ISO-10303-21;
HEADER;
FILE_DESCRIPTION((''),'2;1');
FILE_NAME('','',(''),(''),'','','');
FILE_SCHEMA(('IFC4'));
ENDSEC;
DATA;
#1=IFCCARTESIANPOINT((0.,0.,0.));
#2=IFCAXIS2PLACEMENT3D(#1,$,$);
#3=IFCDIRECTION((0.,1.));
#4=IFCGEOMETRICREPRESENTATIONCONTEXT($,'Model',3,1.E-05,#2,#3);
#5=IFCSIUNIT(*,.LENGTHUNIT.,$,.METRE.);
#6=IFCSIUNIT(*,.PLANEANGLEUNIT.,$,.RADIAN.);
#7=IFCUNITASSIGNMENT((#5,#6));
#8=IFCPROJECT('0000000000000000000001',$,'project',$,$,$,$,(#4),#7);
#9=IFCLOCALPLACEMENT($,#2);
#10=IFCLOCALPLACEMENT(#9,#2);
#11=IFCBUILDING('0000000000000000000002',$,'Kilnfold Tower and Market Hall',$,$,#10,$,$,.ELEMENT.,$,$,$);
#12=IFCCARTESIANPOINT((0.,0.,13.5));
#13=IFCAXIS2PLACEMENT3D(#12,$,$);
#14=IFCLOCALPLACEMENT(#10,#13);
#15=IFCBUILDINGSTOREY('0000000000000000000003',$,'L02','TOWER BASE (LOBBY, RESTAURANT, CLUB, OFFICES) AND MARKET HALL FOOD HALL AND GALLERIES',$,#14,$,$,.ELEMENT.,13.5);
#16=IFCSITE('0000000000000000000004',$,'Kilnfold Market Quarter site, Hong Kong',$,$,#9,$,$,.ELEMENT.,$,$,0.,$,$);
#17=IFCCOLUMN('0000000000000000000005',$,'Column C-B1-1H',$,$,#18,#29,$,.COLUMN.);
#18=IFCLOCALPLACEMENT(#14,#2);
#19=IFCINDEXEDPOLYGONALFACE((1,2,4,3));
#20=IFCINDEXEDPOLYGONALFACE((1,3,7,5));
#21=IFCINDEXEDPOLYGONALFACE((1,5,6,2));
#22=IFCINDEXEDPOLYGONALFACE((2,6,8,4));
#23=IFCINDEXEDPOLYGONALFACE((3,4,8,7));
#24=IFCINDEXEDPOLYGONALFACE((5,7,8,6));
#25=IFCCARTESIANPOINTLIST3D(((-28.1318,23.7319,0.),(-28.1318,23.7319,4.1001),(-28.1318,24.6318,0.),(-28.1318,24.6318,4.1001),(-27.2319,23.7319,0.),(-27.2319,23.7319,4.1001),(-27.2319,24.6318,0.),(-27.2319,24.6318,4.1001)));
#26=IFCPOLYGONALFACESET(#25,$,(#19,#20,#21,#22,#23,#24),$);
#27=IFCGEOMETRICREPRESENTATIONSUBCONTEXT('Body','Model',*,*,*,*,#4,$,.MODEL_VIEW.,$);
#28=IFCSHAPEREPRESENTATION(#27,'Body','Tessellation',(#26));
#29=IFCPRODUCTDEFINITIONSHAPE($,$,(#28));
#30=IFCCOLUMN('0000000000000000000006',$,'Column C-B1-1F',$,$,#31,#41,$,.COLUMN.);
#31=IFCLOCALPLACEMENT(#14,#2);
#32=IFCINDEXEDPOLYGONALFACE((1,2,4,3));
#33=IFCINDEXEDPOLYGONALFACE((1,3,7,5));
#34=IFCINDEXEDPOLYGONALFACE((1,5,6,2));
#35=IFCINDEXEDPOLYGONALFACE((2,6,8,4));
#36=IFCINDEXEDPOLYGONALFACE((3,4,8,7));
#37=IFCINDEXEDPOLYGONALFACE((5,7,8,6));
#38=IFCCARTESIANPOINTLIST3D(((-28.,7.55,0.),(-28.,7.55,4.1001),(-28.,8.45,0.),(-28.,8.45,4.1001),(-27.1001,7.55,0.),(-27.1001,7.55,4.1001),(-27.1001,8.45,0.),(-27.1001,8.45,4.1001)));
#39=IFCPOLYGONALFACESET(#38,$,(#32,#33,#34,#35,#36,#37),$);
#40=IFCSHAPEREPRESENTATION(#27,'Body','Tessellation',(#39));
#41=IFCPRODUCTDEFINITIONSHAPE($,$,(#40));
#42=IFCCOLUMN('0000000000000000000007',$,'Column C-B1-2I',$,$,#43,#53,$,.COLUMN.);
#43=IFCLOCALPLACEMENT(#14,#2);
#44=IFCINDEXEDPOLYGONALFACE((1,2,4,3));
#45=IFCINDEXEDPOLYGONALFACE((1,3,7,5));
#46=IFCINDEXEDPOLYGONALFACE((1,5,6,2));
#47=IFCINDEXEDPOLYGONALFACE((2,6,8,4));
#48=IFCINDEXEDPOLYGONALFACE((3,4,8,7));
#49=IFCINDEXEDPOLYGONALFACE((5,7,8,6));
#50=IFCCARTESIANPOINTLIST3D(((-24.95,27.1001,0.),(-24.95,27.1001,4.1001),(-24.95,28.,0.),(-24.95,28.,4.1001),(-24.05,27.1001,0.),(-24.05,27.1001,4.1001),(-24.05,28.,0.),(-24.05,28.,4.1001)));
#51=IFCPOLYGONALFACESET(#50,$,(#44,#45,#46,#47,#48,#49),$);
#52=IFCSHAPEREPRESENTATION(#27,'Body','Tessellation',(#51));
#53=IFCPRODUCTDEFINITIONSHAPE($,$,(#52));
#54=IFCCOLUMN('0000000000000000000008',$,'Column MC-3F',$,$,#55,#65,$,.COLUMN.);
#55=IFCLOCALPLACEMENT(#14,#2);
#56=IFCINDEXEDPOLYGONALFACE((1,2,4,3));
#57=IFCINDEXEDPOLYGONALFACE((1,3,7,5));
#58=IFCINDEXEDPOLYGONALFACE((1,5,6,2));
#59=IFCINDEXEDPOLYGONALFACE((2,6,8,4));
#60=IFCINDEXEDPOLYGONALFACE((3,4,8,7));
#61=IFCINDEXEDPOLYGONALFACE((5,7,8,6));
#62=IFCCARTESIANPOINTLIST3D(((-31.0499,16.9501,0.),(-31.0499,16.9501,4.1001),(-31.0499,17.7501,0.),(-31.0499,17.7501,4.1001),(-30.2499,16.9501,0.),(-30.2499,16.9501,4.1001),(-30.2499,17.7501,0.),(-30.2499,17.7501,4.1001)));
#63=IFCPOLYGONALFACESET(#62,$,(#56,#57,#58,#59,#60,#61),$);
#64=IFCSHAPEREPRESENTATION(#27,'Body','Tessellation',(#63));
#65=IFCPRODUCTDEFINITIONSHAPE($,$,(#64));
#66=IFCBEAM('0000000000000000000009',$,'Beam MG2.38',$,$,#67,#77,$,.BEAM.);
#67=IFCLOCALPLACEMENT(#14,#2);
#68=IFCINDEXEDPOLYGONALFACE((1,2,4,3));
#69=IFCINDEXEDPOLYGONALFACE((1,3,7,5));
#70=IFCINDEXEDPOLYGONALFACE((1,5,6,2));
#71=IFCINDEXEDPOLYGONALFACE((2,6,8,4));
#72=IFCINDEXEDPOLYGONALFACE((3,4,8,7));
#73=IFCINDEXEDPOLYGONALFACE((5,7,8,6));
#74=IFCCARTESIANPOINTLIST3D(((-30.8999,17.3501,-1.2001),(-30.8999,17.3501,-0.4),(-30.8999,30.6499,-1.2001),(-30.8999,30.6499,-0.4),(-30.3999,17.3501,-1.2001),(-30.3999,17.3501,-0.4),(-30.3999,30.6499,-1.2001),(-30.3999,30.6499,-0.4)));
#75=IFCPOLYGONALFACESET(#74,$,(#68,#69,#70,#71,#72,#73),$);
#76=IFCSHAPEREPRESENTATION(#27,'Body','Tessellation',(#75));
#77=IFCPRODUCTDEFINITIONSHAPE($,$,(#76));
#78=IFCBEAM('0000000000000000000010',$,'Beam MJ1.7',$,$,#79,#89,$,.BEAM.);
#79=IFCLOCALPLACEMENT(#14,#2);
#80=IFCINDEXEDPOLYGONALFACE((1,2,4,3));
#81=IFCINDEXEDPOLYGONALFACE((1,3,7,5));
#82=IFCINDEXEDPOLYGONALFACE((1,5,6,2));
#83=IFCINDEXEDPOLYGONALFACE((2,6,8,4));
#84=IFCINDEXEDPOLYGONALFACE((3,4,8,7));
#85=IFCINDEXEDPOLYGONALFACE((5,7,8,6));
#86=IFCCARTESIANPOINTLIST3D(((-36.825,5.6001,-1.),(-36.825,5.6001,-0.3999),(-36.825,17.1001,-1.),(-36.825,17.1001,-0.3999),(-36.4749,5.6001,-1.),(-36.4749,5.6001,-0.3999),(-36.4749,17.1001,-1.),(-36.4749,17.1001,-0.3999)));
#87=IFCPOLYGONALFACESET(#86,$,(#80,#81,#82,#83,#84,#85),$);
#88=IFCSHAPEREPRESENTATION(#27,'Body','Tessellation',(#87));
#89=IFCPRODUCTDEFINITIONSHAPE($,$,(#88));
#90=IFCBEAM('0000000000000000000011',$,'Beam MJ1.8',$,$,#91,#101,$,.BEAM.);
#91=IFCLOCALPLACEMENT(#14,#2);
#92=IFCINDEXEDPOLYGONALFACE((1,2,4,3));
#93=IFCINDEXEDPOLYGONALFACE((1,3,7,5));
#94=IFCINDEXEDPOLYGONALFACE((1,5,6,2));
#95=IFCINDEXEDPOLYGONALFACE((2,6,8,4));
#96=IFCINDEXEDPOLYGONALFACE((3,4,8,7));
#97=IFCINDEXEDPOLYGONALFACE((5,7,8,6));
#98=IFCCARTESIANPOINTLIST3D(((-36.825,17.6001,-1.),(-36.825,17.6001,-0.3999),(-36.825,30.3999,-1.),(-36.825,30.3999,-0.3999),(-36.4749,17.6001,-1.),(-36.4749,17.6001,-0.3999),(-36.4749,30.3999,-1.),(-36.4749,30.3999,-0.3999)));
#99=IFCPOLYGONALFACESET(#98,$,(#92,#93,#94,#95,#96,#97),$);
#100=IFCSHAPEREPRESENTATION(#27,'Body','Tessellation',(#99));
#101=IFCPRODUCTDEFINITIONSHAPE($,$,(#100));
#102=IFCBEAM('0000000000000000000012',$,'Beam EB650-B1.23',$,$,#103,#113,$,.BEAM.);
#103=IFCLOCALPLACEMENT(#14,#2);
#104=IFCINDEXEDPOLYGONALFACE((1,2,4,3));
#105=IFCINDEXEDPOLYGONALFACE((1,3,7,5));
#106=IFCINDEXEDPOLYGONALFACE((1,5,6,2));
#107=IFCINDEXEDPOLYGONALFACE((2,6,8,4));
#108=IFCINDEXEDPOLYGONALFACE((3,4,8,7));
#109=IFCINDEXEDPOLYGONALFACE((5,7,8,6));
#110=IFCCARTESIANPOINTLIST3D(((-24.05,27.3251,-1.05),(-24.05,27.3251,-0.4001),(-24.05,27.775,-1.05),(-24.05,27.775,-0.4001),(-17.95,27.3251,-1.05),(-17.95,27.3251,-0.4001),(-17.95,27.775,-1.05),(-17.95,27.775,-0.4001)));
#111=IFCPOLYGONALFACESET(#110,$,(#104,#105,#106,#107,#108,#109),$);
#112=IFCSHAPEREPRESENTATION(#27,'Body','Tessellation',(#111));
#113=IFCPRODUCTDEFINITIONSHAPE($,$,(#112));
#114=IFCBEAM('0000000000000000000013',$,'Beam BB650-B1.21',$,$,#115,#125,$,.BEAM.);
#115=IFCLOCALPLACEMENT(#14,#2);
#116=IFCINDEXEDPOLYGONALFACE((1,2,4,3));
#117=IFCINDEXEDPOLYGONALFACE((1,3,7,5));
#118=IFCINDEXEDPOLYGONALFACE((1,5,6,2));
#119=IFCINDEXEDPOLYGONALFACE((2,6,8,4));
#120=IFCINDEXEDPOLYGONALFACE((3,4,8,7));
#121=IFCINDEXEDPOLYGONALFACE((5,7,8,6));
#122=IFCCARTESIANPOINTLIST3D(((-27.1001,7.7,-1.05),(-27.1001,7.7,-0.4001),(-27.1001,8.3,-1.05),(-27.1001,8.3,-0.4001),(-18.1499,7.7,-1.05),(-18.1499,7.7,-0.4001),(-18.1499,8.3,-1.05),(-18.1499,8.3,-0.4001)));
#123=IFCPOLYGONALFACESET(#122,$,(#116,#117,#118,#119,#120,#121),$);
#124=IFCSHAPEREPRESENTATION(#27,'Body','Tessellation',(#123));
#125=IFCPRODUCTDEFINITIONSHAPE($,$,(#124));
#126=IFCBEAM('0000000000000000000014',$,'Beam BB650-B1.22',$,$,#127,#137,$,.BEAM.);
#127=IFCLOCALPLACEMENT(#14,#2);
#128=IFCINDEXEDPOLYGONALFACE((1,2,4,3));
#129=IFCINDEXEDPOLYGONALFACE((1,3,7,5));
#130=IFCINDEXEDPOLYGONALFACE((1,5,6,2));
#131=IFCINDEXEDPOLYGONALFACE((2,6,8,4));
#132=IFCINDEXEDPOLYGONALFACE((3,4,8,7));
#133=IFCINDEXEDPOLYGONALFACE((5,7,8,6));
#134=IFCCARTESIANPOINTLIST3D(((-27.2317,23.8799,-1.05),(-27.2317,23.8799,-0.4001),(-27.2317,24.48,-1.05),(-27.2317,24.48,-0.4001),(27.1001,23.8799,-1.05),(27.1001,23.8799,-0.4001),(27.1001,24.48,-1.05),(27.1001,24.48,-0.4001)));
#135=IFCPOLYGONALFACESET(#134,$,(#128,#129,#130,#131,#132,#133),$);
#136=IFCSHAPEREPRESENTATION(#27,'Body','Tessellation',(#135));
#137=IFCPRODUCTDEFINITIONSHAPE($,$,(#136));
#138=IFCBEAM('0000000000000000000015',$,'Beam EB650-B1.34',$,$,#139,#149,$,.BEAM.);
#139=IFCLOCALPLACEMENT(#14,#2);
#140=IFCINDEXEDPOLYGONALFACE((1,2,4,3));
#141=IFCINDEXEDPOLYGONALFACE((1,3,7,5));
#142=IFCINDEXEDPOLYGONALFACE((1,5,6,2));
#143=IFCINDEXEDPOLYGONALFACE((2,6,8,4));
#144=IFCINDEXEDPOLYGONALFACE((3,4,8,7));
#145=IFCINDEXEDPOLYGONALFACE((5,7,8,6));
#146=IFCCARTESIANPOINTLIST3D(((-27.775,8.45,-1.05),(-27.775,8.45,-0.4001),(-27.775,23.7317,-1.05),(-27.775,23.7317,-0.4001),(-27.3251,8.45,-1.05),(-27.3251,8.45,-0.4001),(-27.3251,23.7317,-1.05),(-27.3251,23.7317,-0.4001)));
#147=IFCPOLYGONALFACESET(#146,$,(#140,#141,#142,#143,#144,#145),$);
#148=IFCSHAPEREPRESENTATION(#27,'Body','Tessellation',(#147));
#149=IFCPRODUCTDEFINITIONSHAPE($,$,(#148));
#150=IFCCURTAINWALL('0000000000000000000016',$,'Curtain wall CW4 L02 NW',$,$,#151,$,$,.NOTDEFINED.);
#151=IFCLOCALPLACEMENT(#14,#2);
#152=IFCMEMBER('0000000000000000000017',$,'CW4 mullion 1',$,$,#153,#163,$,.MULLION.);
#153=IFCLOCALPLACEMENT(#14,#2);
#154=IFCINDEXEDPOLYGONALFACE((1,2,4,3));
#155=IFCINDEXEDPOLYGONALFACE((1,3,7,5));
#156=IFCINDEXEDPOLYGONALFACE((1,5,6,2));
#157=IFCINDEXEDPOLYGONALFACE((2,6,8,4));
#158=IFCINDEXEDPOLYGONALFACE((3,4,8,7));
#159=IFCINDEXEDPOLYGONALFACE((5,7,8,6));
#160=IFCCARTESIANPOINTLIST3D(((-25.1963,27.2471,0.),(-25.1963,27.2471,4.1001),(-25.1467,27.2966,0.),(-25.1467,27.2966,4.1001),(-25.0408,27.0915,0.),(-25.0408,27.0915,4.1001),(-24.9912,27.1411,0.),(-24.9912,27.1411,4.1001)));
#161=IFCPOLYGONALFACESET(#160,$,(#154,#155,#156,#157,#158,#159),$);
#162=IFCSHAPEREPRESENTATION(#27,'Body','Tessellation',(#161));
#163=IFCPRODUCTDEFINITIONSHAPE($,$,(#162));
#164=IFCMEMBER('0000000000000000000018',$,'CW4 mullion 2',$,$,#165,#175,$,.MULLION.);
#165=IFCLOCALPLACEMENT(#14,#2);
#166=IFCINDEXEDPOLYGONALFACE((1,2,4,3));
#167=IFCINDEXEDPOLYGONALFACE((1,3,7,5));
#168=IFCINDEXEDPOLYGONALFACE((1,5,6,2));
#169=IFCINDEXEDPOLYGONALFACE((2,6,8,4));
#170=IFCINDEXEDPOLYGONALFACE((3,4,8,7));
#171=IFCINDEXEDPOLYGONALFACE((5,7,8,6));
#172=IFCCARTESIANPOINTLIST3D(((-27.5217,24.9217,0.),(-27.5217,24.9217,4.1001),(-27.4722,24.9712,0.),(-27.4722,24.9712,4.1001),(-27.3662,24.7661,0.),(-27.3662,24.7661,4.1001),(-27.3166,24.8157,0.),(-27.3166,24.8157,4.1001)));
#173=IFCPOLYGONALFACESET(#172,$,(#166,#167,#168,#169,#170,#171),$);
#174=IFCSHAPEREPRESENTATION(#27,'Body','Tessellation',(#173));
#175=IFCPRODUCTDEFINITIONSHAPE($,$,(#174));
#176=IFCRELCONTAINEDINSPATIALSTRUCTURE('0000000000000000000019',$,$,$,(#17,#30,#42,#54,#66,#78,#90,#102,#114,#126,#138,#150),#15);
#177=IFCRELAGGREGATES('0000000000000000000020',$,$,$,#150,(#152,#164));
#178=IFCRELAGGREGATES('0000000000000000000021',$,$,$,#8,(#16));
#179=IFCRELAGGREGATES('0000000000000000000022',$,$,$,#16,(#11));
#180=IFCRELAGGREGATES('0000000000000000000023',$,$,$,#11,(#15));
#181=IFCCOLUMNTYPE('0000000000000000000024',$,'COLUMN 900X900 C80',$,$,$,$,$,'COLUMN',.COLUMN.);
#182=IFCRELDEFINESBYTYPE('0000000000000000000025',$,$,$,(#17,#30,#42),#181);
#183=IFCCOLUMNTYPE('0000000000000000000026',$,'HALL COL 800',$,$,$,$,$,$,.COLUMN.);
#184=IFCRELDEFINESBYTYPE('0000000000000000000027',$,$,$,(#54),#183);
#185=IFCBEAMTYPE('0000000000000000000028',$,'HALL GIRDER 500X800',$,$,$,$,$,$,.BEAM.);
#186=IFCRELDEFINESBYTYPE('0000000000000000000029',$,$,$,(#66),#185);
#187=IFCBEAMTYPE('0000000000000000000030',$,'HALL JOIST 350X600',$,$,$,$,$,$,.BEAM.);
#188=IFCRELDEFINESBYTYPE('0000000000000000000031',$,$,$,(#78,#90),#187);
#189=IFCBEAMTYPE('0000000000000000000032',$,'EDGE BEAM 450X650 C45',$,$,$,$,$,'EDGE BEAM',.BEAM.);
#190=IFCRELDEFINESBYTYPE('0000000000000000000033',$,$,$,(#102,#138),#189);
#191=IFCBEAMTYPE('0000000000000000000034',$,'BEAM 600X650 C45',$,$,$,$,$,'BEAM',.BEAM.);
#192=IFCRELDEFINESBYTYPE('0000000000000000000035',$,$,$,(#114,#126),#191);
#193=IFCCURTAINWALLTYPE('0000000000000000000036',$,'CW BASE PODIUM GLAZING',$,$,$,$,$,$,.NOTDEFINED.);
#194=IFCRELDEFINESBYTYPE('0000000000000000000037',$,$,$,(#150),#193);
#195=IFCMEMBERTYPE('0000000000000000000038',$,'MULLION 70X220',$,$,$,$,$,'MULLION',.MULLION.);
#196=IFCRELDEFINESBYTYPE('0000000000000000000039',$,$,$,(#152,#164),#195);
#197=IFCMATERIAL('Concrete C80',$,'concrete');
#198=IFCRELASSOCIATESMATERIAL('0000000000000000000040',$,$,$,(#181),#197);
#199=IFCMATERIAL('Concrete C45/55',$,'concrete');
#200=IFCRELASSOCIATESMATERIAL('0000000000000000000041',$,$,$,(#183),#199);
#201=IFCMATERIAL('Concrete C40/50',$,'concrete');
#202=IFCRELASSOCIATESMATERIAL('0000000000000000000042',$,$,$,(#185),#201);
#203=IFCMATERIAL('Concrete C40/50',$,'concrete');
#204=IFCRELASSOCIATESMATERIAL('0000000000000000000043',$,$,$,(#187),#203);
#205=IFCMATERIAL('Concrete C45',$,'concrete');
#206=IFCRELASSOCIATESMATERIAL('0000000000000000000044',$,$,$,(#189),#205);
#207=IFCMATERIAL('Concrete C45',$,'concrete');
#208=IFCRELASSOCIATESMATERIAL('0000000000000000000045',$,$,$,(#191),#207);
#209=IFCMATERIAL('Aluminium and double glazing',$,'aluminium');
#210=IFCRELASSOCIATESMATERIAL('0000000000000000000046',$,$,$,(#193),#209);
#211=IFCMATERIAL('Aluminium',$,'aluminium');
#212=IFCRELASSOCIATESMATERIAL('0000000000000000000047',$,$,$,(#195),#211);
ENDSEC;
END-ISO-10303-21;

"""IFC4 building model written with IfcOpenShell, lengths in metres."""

from ifc_helpers import new_model, si_unit, direction, frame, origin, origin_2d, place, context, subcontext, project, spatial, rectangle, extrude, source, transform, mapped, material, material_profile, profile_set, type_object, element, aggregate, save


model = new_model("IFC4")

# Units and contexts
model_context = context("Model", 3, precision=1e-05, world=origin(), true_north=direction((0.0, 1.0)))
body_context = subcontext(model_context, "Body", "Model", "MODEL_VIEW")
ifc_project = project(units=[si_unit("LENGTHUNIT", "METRE"), si_unit("PLANEANGLEUNIT", "RADIAN")], contexts=[model_context])

# Site, building, storey
site_placement = place(None, origin())
site = spatial("IfcSite", under=ifc_project, at=site_placement, Name="Kilnfold Market Quarter site, Hong Kong", CompositionType="ELEMENT", RefElevation=0.0)
building_placement = place(site_placement, origin())
building = spatial("IfcBuilding", under=site, at=building_placement, Name="Kilnfold Tower and Market Hall", CompositionType="ELEMENT")
storey_placement = place(building_placement, frame((0.0, 0.0, 13.5)))
storey = spatial("IfcBuildingStorey", under=building, at=storey_placement, Name="L02", Description="TOWER BASE (LOBBY, RESTAURANT, CLUB, OFFICES) AND MARKET HALL FOOD HALL AND GALLERIES", CompositionType="ELEMENT", Elevation=13.5)

# Columns
ifc_material_1 = material(Name="Concrete C80", Category="concrete")
ifc_material_profile_1 = material_profile(ifc_material_1, rectangle(XDim=0.8999, YDim=0.8999, at=origin_2d()), Name="RC 900x900")
ifc_profile_set_1 = profile_set([ifc_material_profile_1], Name="Concrete C80")
column_type_1 = type_object("IfcColumnType", Name="COLUMN 900X900 C80", ElementType="COLUMN", PredefinedType="COLUMN", material=ifc_profile_set_1)
shared_shape_1 = source(origin(), body_context, "Body", "SweptSolid", [
    extrude(rectangle(XDim=0.8999, YDim=0.8999, at=origin_2d()), origin(), (0.0, 0.0, 1.0), 4.1001),
])
for number, where, z_axis, x_axis, name in (
    (1, (-27.6819, 24.1819, 0.0), (0.0, 0.0, 1.0), (1.0, 0.0, 0.0), "Column C-B1-1H"),
    (2, (-27.55, 8.0, 0.0), (0.0, 0.0, 1.0), (1.0, 0.0, 0.0), "Column C-B1-1F"),
    (3, (-24.5, 27.55, 0.0), (0.0, 0.0, 1.0), (1.0, 0.0, 0.0), "Column C-B1-2I"),
):
    element("IfcColumn", number, at=place(storey_placement, frame(where, z_axis=z_axis, x_axis=x_axis)), inside=storey, type_object=column_type_1, Name=name, PredefinedType="COLUMN", context=body_context, shape_type="MappedRepresentation", body=[
        mapped(shared_shape_1, transform((0.0, 0.0, 0.0))),
    ])
ifc_material_2 = material(Name="Concrete C45/55", Category="concrete")
ifc_material_profile_2 = material_profile(ifc_material_2, rectangle(XDim=0.8, YDim=0.8, at=origin_2d()), Name="RC 800x800")
ifc_profile_set_2 = profile_set([ifc_material_profile_2], Name="Concrete C45/55")
column_type_2 = type_object("IfcColumnType", Name="HALL COL 800", PredefinedType="COLUMN", material=ifc_profile_set_2)
shared_shape_2 = source(origin(), body_context, "Body", "SweptSolid", [
    extrude(rectangle(XDim=0.8, YDim=0.8, at=origin_2d()), origin(), (0.0, 0.0, 1.0), 4.1001),
])
column_placement = place(storey_placement, frame((-30.6499, 17.3501, 0.0), z_axis=(0.0, 0.0, 1.0), x_axis=(1.0, 0.0, 0.0)))
element("IfcColumn", 4, at=column_placement, inside=storey, type_object=column_type_2, Name="Column MC-3F", PredefinedType="COLUMN", context=body_context, shape_type="MappedRepresentation", body=[
    mapped(shared_shape_2, transform((0.0, 0.0, 0.0))),
])

# Beams
ifc_material_3 = material(Name="Concrete C40/50", Category="concrete")
ifc_material_profile_3 = material_profile(ifc_material_3, rectangle(XDim=0.5, YDim=0.8, at=origin_2d()), Name="RC 500x800")
ifc_profile_set_3 = profile_set([ifc_material_profile_3], Name="Concrete C40/50")
beam_type_1 = type_object("IfcBeamType", Name="HALL GIRDER 500X800", PredefinedType="BEAM", material=ifc_profile_set_3)
beam_1_placement = place(storey_placement, frame((-30.6499, 17.3501, -0.8), z_axis=(0.0, 1.0, 0.0), x_axis=(-1.0, 0.0, 0.0)))
element("IfcBeam", 5, at=beam_1_placement, inside=storey, type_object=beam_type_1, Name="Beam MG2.38", PredefinedType="BEAM", context=body_context, shape_type="SweptSolid", body=[
    extrude(rectangle(XDim=0.5, YDim=0.8, at=origin_2d()), origin(), (0.0, 0.0, 1.0), 13.2998),
])
ifc_material_4 = material(Name="Concrete C40/50", Category="concrete")
ifc_material_profile_4 = material_profile(ifc_material_4, rectangle(XDim=0.3501, YDim=0.6001, at=origin_2d()), Name="RC 350x600")
ifc_profile_set_4 = profile_set([ifc_material_profile_4], Name="Concrete C40/50")
beam_type_2 = type_object("IfcBeamType", Name="HALL JOIST 350X600", PredefinedType="BEAM", material=ifc_profile_set_4)
beam_2_placement = place(storey_placement, frame((-36.6499, 5.6001, -0.7), z_axis=(0.0, 1.0, 0.0), x_axis=(-1.0, 0.0, 0.0)))
element("IfcBeam", 6, at=beam_2_placement, inside=storey, type_object=beam_type_2, Name="Beam MJ1.7", PredefinedType="BEAM", context=body_context, shape_type="SweptSolid", body=[
    extrude(rectangle(XDim=0.3501, YDim=0.6001, at=origin_2d()), origin(), (0.0, 0.0, 1.0), 11.5),
])
beam_3_placement = place(storey_placement, frame((-36.6499, 17.6001, -0.7), z_axis=(0.0, 1.0, 0.0), x_axis=(-1.0, 0.0, 0.0)))
element("IfcBeam", 7, at=beam_3_placement, inside=storey, type_object=beam_type_2, Name="Beam MJ1.8", PredefinedType="BEAM", context=body_context, shape_type="SweptSolid", body=[
    extrude(rectangle(XDim=0.3501, YDim=0.6001, at=origin_2d()), origin(), (0.0, 0.0, 1.0), 12.7998),
])
ifc_material_5 = material(Name="Concrete C45", Category="concrete")
ifc_material_profile_5 = material_profile(ifc_material_5, rectangle(XDim=0.45, YDim=0.6499, at=origin_2d()), Name="RC 450x650")
ifc_profile_set_5 = profile_set([ifc_material_profile_5], Name="Concrete C45")
beam_type_3 = type_object("IfcBeamType", Name="EDGE BEAM 450X650 C45", ElementType="EDGE BEAM", PredefinedType="BEAM", material=ifc_profile_set_5)
shared_shape_3 = source(origin(), body_context, "Body", "SweptSolid", [
    extrude(rectangle(XDim=0.45, YDim=0.6499, at=origin_2d()), origin(), (0.0, 0.0, 1.0), 6.1001),
])
beam_4_placement = place(storey_placement, frame((-24.05, 27.55, -0.7251), z_axis=(1.0, 0.0, 0.0), x_axis=(0.0, 1.0, 0.0)))
element("IfcBeam", 8, at=beam_4_placement, inside=storey, type_object=beam_type_3, Name="Beam EB650-B1.23", PredefinedType="BEAM", context=body_context, shape_type="MappedRepresentation", body=[
    mapped(shared_shape_3, transform((0.0, 0.0, 0.0))),
])
ifc_material_6 = material(Name="Concrete C45", Category="concrete")
ifc_material_profile_6 = material_profile(ifc_material_6, rectangle(XDim=0.6001, YDim=0.6499, at=origin_2d()), Name="RC 600x650")
ifc_profile_set_6 = profile_set([ifc_material_profile_6], Name="Concrete C45")
beam_type_4 = type_object("IfcBeamType", Name="BEAM 600X650 C45", ElementType="BEAM", PredefinedType="BEAM", material=ifc_profile_set_6)
shared_shape_4 = source(origin(), body_context, "Body", "SweptSolid", [
    extrude(rectangle(XDim=0.6001, YDim=0.6499, at=origin_2d()), origin(), (0.0, 0.0, 1.0), 8.9502),
])
beam_5_placement = place(storey_placement, frame((-27.1001, 8.0, -0.7251), z_axis=(1.0, 0.0, 0.0), x_axis=(0.0, 1.0, 0.0)))
element("IfcBeam", 9, at=beam_5_placement, inside=storey, type_object=beam_type_4, Name="Beam BB650-B1.21", PredefinedType="BEAM", context=body_context, shape_type="MappedRepresentation", body=[
    mapped(shared_shape_4, transform((0.0, 0.0, 0.0))),
])
shared_shape_5 = source(origin(), body_context, "Body", "SweptSolid", [
    extrude(rectangle(XDim=0.6001, YDim=0.6499, at=origin_2d()), origin(), (0.0, 0.0, 1.0), 54.3318),
])
beam_6_placement = place(storey_placement, frame((-27.2317, 24.1799, -0.7251), z_axis=(1.0, 0.0, 0.0), x_axis=(0.0, 1.0, 0.0)))
element("IfcBeam", 10, at=beam_6_placement, inside=storey, type_object=beam_type_4, Name="Beam BB650-B1.22", PredefinedType="BEAM", context=body_context, shape_type="MappedRepresentation", body=[
    mapped(shared_shape_5, transform((0.0, 0.0, 0.0))),
])
shared_shape_6 = source(origin(), body_context, "Body", "SweptSolid", [
    extrude(rectangle(XDim=0.45, YDim=0.6499, at=origin_2d()), origin(), (0.0, 0.0, 1.0), 15.2817),
])
beam_7_placement = place(storey_placement, frame((-27.55, 8.45, -0.7251), z_axis=(0.0, 1.0, 0.0), x_axis=(-1.0, 0.0, 0.0)))
element("IfcBeam", 11, at=beam_7_placement, inside=storey, type_object=beam_type_3, Name="Beam EB650-B1.34", PredefinedType="BEAM", context=body_context, shape_type="MappedRepresentation", body=[
    mapped(shared_shape_6, transform((0.0, 0.0, 0.0))),
])

# Curtain wall, members
ifc_material_7 = material(Name="Aluminium and double glazing", Category="aluminium")
curtain_wall_type = type_object("IfcCurtainWallType", Name="CW BASE PODIUM GLAZING", PredefinedType="NOTDEFINED", material=ifc_material_7)
curtain_wall_placement = place(storey_placement, origin())
curtain_wall = element("IfcCurtainWall", 12, at=curtain_wall_placement, inside=storey, type_object=curtain_wall_type, Name="Curtain wall CW4 L02 NW", PredefinedType="NOTDEFINED")
ifc_material_8 = material(Name="Aluminium", Category="aluminium")
ifc_material_profile_7 = material_profile(ifc_material_8, rectangle(XDim=0.0701, YDim=0.22, at=origin_2d()), Name="MULLION 70x220")
ifc_profile_set_7 = profile_set([ifc_material_profile_7], Name="Aluminium")
member_type_1 = type_object("IfcMemberType", Name="MULLION 70X220", ElementType="MULLION", PredefinedType="MULLION", material=ifc_profile_set_7)
shared_shape_7 = source(origin(), body_context, "Body", "SweptSolid", [
    extrude(rectangle(XDim=0.0701, YDim=0.22, at=origin_2d()), origin(), (0.0, 0.0, 1.0), 4.1001),
])
member_1_placement = place(storey_placement, frame((-25.0938, 27.1941, 0.0), z_axis=(0.0, 0.0, 1.0), x_axis=(-0.707122, -0.707092, 0.0)))
member_1 = element("IfcMember", 13, at=member_1_placement, type_object=member_type_1, Name="CW4 mullion 1", PredefinedType="MULLION", context=body_context, shape_type="MappedRepresentation", body=[
    mapped(shared_shape_7, transform((0.0, 0.0, 0.0))),
])
member_2_placement = place(storey_placement, frame((-27.4192, 24.8687, 0.0), z_axis=(0.0, 0.0, 1.0), x_axis=(-0.707122, -0.707092, 0.0)))
member_2 = element("IfcMember", 14, at=member_2_placement, type_object=member_type_1, Name="CW4 mullion 2", PredefinedType="MULLION", context=body_context, shape_type="MappedRepresentation", body=[
    mapped(shared_shape_7, transform((0.0, 0.0, 0.0))),
])
aggregate(curtain_wall, [member_1, member_2])

save(model, "model.ifc")
